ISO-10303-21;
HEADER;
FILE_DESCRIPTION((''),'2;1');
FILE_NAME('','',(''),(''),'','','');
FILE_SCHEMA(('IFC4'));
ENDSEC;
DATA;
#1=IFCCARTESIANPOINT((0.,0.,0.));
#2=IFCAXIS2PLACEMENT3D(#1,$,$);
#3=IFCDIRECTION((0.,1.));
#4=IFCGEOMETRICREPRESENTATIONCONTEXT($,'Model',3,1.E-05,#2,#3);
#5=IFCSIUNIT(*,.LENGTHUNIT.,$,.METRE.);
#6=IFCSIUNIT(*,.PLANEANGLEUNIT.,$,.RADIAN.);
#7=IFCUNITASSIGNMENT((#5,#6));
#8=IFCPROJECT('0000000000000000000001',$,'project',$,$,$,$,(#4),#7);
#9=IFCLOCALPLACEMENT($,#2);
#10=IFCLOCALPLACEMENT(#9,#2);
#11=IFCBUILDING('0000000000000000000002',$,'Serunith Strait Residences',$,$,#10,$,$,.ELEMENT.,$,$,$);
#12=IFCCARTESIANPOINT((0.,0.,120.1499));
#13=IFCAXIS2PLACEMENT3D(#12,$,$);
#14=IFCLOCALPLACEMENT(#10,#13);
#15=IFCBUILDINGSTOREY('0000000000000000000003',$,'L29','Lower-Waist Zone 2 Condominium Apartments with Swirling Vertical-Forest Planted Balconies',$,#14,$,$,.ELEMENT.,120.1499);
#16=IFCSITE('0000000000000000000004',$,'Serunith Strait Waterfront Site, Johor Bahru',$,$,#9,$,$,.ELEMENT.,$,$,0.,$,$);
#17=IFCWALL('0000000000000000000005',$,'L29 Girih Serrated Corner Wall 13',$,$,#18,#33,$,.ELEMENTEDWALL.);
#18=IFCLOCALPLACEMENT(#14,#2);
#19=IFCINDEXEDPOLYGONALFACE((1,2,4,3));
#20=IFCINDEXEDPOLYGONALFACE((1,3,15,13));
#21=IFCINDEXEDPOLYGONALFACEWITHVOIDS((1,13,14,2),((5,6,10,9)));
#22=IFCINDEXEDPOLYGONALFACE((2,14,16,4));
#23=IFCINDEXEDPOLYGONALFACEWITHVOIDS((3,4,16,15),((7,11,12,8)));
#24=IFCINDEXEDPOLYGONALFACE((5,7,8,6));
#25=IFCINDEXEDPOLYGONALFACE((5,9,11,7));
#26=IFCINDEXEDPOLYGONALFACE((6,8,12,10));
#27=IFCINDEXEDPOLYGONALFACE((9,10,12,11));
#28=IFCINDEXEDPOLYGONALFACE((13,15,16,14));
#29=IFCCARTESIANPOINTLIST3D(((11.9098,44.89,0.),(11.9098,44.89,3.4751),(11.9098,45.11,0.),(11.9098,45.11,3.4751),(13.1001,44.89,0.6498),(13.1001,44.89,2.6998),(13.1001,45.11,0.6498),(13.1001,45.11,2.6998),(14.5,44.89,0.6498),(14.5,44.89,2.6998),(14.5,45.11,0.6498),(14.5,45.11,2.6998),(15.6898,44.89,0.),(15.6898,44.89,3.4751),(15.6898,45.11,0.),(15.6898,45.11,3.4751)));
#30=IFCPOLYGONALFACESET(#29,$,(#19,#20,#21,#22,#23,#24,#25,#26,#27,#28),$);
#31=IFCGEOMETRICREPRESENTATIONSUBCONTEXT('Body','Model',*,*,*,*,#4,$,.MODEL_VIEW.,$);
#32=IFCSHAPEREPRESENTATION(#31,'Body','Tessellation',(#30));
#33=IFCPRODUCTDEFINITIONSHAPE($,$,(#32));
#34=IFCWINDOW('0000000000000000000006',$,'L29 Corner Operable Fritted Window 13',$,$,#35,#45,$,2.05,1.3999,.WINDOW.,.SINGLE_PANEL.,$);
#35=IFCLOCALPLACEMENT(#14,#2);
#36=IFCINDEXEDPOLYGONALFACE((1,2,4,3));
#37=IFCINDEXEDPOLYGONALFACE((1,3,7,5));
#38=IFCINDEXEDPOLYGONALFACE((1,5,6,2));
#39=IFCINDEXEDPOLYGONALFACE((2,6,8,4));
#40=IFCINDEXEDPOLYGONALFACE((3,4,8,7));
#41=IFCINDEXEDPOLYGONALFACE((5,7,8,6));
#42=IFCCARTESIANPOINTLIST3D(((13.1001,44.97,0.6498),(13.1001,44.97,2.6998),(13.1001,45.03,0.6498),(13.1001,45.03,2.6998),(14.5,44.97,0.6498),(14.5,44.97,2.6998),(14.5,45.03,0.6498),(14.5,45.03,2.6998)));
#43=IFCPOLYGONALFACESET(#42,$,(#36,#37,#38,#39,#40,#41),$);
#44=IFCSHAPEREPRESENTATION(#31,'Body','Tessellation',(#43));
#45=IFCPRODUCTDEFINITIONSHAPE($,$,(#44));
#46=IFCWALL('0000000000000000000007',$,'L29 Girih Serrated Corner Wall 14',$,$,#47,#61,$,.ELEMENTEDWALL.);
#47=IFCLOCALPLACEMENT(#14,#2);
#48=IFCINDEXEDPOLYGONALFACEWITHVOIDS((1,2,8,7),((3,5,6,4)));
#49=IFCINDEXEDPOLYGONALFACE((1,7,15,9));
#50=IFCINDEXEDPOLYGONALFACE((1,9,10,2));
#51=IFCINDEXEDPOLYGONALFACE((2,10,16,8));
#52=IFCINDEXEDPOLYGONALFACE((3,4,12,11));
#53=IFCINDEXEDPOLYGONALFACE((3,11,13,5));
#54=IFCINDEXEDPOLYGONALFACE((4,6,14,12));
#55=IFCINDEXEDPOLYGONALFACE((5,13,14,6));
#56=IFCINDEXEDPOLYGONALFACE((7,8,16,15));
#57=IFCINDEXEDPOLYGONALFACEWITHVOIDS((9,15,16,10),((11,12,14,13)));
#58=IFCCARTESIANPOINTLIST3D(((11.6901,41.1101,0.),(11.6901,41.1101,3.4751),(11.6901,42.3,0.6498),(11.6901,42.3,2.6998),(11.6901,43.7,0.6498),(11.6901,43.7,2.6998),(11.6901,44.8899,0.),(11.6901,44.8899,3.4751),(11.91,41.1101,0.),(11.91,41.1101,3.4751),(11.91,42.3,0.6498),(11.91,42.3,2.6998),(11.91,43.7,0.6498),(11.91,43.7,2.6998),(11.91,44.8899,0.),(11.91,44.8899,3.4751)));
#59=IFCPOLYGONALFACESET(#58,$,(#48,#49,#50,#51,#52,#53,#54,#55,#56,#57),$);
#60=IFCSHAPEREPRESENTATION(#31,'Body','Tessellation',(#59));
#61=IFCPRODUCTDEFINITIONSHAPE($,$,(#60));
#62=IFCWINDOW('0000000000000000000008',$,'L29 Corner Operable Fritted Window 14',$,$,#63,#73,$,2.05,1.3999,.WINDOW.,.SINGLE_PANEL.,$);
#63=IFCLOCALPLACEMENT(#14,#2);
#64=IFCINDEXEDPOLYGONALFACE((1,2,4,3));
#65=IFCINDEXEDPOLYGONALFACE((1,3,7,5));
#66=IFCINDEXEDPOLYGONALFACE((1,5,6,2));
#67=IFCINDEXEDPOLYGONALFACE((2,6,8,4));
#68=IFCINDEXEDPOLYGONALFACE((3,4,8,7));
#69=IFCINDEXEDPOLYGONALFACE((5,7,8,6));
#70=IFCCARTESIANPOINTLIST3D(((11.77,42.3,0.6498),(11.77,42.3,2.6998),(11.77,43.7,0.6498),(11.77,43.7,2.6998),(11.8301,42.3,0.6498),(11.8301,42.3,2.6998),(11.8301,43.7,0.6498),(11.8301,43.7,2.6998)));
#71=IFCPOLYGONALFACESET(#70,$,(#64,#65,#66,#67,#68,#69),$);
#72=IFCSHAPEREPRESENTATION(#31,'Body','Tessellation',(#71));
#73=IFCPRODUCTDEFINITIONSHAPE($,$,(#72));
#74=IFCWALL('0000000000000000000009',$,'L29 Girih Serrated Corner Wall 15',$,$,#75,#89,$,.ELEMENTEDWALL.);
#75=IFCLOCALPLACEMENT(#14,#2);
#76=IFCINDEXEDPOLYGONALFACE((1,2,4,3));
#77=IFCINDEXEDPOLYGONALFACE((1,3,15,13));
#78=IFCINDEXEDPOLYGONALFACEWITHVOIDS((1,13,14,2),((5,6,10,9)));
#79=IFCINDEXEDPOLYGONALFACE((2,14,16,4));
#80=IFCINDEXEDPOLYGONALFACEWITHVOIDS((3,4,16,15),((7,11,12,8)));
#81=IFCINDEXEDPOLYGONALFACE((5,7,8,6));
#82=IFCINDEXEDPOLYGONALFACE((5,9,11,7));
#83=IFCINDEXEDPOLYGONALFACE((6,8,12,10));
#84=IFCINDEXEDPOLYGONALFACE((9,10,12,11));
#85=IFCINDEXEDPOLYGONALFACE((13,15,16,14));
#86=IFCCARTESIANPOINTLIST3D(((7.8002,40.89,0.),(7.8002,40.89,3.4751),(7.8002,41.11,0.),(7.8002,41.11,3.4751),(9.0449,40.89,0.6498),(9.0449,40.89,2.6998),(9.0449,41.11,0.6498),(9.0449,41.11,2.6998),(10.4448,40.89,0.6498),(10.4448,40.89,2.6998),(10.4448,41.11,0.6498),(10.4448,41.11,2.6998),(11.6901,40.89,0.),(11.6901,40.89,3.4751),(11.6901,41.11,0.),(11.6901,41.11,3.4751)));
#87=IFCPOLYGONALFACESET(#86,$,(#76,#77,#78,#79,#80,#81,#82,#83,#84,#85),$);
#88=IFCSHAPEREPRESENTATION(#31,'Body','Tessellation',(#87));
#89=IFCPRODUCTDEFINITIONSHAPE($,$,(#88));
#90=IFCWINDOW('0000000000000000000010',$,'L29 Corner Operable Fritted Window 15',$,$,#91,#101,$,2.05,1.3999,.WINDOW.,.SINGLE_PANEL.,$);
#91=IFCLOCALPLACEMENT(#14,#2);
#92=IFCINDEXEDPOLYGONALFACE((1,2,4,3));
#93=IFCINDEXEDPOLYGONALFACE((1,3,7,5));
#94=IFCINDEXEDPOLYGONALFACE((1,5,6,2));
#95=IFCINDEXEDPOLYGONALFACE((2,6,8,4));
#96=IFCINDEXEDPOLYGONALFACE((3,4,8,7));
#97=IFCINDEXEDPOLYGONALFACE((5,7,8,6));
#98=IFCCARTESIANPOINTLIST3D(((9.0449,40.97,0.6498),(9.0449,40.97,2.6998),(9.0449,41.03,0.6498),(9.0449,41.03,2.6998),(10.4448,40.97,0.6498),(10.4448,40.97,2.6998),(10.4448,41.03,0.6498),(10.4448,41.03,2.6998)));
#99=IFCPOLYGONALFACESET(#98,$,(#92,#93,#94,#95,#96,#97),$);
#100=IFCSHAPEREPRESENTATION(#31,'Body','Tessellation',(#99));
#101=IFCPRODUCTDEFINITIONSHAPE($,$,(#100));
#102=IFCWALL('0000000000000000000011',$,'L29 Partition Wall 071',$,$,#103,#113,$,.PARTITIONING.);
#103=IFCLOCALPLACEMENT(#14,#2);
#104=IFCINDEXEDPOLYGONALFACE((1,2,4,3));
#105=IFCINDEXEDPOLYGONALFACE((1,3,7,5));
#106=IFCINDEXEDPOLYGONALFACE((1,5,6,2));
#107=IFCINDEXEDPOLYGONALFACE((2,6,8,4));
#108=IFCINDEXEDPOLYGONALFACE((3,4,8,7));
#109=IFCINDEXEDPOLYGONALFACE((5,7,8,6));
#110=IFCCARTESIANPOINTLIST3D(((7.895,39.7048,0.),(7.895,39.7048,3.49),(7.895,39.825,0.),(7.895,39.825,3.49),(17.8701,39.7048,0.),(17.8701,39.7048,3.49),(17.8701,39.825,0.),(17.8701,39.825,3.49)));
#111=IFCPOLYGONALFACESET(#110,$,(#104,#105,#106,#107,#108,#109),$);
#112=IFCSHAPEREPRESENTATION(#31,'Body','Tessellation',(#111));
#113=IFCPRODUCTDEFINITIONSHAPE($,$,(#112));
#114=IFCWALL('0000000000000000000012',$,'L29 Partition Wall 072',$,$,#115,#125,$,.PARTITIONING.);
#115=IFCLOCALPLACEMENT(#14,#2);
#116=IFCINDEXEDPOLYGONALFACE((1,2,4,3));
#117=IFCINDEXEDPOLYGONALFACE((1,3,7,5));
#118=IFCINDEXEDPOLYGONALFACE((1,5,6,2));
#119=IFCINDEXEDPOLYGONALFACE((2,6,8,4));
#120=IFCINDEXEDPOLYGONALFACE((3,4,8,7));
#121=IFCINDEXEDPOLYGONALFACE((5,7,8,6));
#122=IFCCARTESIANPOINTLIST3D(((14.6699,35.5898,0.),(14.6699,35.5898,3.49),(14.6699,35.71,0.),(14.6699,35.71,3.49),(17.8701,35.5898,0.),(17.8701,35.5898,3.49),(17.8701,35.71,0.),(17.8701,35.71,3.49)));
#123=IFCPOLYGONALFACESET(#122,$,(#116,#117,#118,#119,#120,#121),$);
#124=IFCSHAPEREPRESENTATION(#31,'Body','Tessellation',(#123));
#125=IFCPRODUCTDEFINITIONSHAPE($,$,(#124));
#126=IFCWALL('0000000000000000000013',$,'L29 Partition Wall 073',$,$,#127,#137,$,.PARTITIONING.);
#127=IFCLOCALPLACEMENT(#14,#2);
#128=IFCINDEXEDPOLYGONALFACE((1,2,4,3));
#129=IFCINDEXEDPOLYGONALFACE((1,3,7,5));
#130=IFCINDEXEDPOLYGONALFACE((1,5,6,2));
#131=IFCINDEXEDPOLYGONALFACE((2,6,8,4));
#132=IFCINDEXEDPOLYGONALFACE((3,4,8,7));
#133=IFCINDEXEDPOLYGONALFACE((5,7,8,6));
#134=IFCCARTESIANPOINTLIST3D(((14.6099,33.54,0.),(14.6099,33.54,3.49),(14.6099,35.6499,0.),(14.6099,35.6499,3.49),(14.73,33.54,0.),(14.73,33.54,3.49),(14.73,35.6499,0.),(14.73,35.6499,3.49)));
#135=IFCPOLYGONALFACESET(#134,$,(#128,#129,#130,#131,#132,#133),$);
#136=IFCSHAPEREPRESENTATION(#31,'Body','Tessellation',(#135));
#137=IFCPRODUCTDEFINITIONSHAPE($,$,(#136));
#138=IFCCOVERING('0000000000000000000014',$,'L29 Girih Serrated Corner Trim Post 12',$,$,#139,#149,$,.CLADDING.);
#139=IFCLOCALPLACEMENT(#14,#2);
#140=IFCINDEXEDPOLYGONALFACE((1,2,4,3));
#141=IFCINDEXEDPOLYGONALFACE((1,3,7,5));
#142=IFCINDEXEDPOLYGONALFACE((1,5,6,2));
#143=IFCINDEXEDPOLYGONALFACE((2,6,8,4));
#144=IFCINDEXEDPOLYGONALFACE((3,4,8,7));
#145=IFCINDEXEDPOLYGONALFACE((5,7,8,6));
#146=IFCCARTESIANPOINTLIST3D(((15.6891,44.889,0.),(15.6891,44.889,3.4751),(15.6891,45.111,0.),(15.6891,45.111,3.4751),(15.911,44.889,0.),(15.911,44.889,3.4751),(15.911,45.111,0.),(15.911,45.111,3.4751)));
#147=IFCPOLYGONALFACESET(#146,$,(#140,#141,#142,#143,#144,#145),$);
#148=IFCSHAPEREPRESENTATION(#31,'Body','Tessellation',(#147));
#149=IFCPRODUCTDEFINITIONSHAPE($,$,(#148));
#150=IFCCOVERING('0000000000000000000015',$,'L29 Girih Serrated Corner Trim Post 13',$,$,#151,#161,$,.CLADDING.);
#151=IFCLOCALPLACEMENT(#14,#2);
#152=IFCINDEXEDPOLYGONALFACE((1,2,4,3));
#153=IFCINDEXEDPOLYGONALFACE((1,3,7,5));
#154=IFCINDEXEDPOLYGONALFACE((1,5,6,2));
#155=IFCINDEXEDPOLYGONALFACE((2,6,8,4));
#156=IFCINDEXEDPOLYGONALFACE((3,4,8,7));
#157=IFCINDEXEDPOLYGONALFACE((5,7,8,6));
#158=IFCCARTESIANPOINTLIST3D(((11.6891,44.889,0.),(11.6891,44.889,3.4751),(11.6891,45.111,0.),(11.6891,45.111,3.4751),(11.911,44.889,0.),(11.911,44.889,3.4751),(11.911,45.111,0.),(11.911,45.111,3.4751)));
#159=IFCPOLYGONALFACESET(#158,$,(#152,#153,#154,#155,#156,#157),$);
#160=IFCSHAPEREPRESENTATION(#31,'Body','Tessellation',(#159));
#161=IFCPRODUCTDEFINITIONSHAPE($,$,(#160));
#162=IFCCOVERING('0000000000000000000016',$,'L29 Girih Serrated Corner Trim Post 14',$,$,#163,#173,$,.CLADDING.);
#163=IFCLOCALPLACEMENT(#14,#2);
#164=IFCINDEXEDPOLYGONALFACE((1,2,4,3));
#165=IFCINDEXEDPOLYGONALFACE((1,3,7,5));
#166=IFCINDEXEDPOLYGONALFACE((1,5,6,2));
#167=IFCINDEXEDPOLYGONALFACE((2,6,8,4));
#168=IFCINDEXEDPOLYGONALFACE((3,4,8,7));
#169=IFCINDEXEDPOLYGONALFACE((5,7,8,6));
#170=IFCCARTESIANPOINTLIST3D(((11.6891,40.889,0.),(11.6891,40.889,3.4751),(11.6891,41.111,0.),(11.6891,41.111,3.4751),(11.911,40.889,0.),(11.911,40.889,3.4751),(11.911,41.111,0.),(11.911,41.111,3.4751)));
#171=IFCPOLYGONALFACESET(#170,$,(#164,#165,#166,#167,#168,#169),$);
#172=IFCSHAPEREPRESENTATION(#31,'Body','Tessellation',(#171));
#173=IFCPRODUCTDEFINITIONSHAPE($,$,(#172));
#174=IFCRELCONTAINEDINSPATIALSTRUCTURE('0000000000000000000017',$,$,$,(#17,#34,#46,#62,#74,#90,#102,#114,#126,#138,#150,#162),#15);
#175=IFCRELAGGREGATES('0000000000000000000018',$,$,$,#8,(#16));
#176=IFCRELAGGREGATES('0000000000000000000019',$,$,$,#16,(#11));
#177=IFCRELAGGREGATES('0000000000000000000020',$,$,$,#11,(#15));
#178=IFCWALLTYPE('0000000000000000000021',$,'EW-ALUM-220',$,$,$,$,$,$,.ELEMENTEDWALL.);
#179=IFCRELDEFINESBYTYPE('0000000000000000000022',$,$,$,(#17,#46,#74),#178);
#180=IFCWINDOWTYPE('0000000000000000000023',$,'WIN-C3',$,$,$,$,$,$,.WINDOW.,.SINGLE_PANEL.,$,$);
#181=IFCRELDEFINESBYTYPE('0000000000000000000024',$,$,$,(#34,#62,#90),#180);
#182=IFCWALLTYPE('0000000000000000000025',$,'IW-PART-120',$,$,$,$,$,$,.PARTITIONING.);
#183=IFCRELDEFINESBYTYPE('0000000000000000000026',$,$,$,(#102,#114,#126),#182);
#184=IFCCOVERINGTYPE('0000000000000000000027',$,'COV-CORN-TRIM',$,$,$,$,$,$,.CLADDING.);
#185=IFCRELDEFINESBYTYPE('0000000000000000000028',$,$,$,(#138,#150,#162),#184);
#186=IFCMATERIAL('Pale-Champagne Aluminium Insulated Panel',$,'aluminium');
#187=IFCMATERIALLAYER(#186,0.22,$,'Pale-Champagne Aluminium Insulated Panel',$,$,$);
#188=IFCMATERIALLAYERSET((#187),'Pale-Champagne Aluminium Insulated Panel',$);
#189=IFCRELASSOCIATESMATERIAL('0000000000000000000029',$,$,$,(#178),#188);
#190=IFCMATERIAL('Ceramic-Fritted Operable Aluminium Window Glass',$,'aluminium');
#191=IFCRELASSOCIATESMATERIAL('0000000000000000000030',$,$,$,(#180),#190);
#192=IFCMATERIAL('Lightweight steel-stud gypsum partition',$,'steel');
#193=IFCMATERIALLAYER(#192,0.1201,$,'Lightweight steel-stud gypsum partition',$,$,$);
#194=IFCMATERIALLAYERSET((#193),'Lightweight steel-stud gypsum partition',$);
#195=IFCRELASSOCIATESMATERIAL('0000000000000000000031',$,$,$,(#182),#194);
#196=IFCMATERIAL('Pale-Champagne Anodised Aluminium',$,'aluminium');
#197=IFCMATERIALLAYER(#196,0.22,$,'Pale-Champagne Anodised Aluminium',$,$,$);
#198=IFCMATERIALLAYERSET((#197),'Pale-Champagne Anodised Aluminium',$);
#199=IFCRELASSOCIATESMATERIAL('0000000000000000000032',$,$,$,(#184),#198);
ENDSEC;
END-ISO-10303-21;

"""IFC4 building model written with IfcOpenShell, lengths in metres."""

from ifc_helpers import new_model, si_unit, direction, frame, frame_2d, origin, origin_2d, place, context, subcontext, project, spatial, rectangle, extrude, source, transform, mapped, material, layer, layer_set, type_object, element, fill, save


model = new_model("IFC4")

# Units and contexts
model_context = context("Model", 3, precision=1e-05, world=origin(), true_north=direction((0.0, 1.0)))
body_context = subcontext(model_context, "Body", "Model", "MODEL_VIEW")
ifc_project = project(units=[si_unit("LENGTHUNIT", "METRE"), si_unit("PLANEANGLEUNIT", "RADIAN")], contexts=[model_context])

# Site, building, storey
site_placement = place(None, origin())
site = spatial("IfcSite", under=ifc_project, at=site_placement, Name="Serunith Strait Waterfront Site, Johor Bahru", CompositionType="ELEMENT", RefElevation=0.0)
building_placement = place(site_placement, origin())
building = spatial("IfcBuilding", under=site, at=building_placement, Name="Serunith Strait Residences", CompositionType="ELEMENT")
storey_placement = place(building_placement, frame((0.0, 0.0, 120.1499)))
storey = spatial("IfcBuildingStorey", under=building, at=storey_placement, Name="L29", Description="Lower-Waist Zone 2 Condominium Apartments with Swirling Vertical-Forest Planted Balconies", CompositionType="ELEMENT", Elevation=120.1499)

# Shared definitions
ifc_material_1 = material(Name="Pale-Champagne Anodised Aluminium", Category="aluminium")

# Walls, openings, windows
ifc_material_2 = material(Name="Pale-Champagne Aluminium Insulated Panel", Category="aluminium")
ifc_layer_1 = layer(ifc_material_2, 0.22, Name="Pale-Champagne Aluminium Insulated Panel")
ifc_layer_set_1 = layer_set([ifc_layer_1], Name="Pale-Champagne Aluminium Insulated Panel")
wall_type_1 = type_object("IfcWallType", Name="EW-ALUM-220", PredefinedType="ELEMENTEDWALL", material=ifc_layer_set_1)
ifc_material_3 = material(Name="Ceramic-Fritted Operable Aluminium Window Glass", Category="aluminium")
window_type = type_object("IfcWindowType", Name="WIN-C3", PartitioningType="SINGLE_PANEL", PredefinedType="WINDOW", material=ifc_material_3)
shared_shape_1 = source(origin(), body_context, "Body", "SweptSolid", [
    extrude(rectangle(XDim=1.3999, YDim=2.05, at=frame_2d((0.7, 1.0249))), frame((0.0, 0.03, 0.0), z_axis=(0.0, -1.0, 0.0), x_axis=(1.0, 0.0, 0.0)), (0.0, 0.0, 1.0), 0.0601),
])
wall_1_placement = place(storey_placement, frame((15.6899, 45.0, 0.0), z_axis=(0.0, 0.0, 1.0), x_axis=(-1.0, 0.0, 0.0)))
wall_1 = element("IfcWall", 1, at=wall_1_placement, inside=storey, type_object=wall_type_1, Name="L29 Girih Serrated Corner Wall 13", PredefinedType="ELEMENTEDWALL", context=body_context, shape_type="SweptSolid", body=[
    extrude(rectangle(XDim=3.78, YDim=0.22, at=frame_2d((1.8901, 0.0))), origin(), (0.0, 0.0, 1.0), 3.4751),
])
opening_1_placement = place(wall_1_placement, frame((1.1899, 0.0, 0.6499)))
opening_1 = element("IfcOpeningElement", 2, at=opening_1_placement, cuts=wall_1, PredefinedType="OPENING", context=body_context, shape_type="SweptSolid", body=[
    extrude(rectangle(XDim=1.3999, YDim=2.05, at=frame_2d((0.7, 1.0249))), frame((0.0, 0.1201, 0.0), z_axis=(0.0, -1.0, 0.0), x_axis=(1.0, 0.0, 0.0)), (0.0, 0.0, 1.0), 0.24),
])
window_1_placement = place(opening_1_placement, origin())
window_1 = element("IfcWindow", 3, at=window_1_placement, inside=storey, type_object=window_type, Name="L29 Corner Operable Fritted Window 13", OverallHeight=2.05, OverallWidth=1.3999, PartitioningType="SINGLE_PANEL", PredefinedType="WINDOW", context=body_context, shape_type="MappedRepresentation", body=[
    mapped(shared_shape_1, transform((0.0, 0.0, 0.0), scale=1.0)),
])
fill(opening_1, window_1)
wall_2_placement = place(storey_placement, frame((11.8, 44.8899, 0.0), z_axis=(0.0, 0.0, 1.0), x_axis=(0.0, -1.0, 0.0)))
wall_2 = element("IfcWall", 4, at=wall_2_placement, inside=storey, type_object=wall_type_1, Name="L29 Girih Serrated Corner Wall 14", PredefinedType="ELEMENTEDWALL", context=body_context, shape_type="SweptSolid", body=[
    extrude(rectangle(XDim=3.7798, YDim=0.22, at=frame_2d((1.8899, 0.0))), origin(), (0.0, 0.0, 1.0), 3.4751),
])
opening_2_placement = place(wall_2_placement, frame((1.1899, 0.0, 0.6499)))
opening_2 = element("IfcOpeningElement", 5, at=opening_2_placement, cuts=wall_2, PredefinedType="OPENING", context=body_context, shape_type="SweptSolid", body=[
    extrude(rectangle(XDim=1.3999, YDim=2.05, at=frame_2d((0.7, 1.0249))), frame((0.0, 0.1201, 0.0), z_axis=(0.0, -1.0, 0.0), x_axis=(1.0, 0.0, 0.0)), (0.0, 0.0, 1.0), 0.24),
])
window_2_placement = place(opening_2_placement, origin())
window_2 = element("IfcWindow", 6, at=window_2_placement, inside=storey, type_object=window_type, Name="L29 Corner Operable Fritted Window 14", OverallHeight=2.05, OverallWidth=1.3999, PartitioningType="SINGLE_PANEL", PredefinedType="WINDOW", context=body_context, shape_type="MappedRepresentation", body=[
    mapped(shared_shape_1, transform((0.0, 0.0, 0.0), scale=1.0)),
])
fill(opening_2, window_2)
wall_3_placement = place(storey_placement, frame((11.6899, 41.0, 0.0), z_axis=(0.0, 0.0, 1.0), x_axis=(-1.0, 0.0, 0.0)))
wall_3 = element("IfcWall", 7, at=wall_3_placement, inside=storey, type_object=wall_type_1, Name="L29 Girih Serrated Corner Wall 15", PredefinedType="ELEMENTEDWALL", context=body_context, shape_type="SweptSolid", body=[
    extrude(rectangle(XDim=3.8899, YDim=0.22, at=frame_2d((1.9448, 0.0))), origin(), (0.0, 0.0, 1.0), 3.4751),
])
opening_3_placement = place(wall_3_placement, frame((1.2451, 0.0, 0.6499)))
opening_3 = element("IfcOpeningElement", 8, at=opening_3_placement, cuts=wall_3, PredefinedType="OPENING", context=body_context, shape_type="SweptSolid", body=[
    extrude(rectangle(XDim=1.3999, YDim=2.05, at=frame_2d((0.7, 1.0249))), frame((0.0, 0.1201, 0.0), z_axis=(0.0, -1.0, 0.0), x_axis=(1.0, 0.0, 0.0)), (0.0, 0.0, 1.0), 0.24),
])
window_3_placement = place(opening_3_placement, origin())
window_3 = element("IfcWindow", 9, at=window_3_placement, inside=storey, type_object=window_type, Name="L29 Corner Operable Fritted Window 15", OverallHeight=2.05, OverallWidth=1.3999, PartitioningType="SINGLE_PANEL", PredefinedType="WINDOW", context=body_context, shape_type="MappedRepresentation", body=[
    mapped(shared_shape_1, transform((0.0, 0.0, 0.0), scale=1.0)),
])
fill(opening_3, window_3)

# Walls
ifc_material_4 = material(Name="Lightweight steel-stud gypsum partition", Category="steel")
ifc_layer_2 = layer(ifc_material_4, 0.1201, Name="Lightweight steel-stud gypsum partition")
ifc_layer_set_2 = layer_set([ifc_layer_2], Name="Lightweight steel-stud gypsum partition")
wall_type_2 = type_object("IfcWallType", Name="IW-PART-120", PredefinedType="PARTITIONING", material=ifc_layer_set_2)
wall_4_placement = place(storey_placement, frame((7.895, 39.7649, 0.0), z_axis=(0.0, 0.0, 1.0), x_axis=(1.0, 0.0, 0.0)))
element("IfcWall", 10, at=wall_4_placement, inside=storey, type_object=wall_type_2, Name="L29 Partition Wall 071", PredefinedType="PARTITIONING", context=body_context, shape_type="SweptSolid", body=[
    extrude(rectangle(XDim=9.9751, YDim=0.1201, at=frame_2d((4.9875, 0.0))), origin(), (0.0, 0.0, 1.0), 3.49),
])
wall_5_placement = place(storey_placement, frame((14.6699, 35.6499, 0.0), z_axis=(0.0, 0.0, 1.0), x_axis=(1.0, 0.0, 0.0)))
element("IfcWall", 11, at=wall_5_placement, inside=storey, type_object=wall_type_2, Name="L29 Partition Wall 072", PredefinedType="PARTITIONING", context=body_context, shape_type="SweptSolid", body=[
    extrude(rectangle(XDim=3.2002, YDim=0.1201, at=frame_2d((1.6001, 0.0))), origin(), (0.0, 0.0, 1.0), 3.49),
])
wall_6_placement = place(storey_placement, frame((14.6699, 35.6499, 0.0), z_axis=(0.0, 0.0, 1.0), x_axis=(0.0, -1.0, 0.0)))
element("IfcWall", 12, at=wall_6_placement, inside=storey, type_object=wall_type_2, Name="L29 Partition Wall 073", PredefinedType="PARTITIONING", context=body_context, shape_type="SweptSolid", body=[
    extrude(rectangle(XDim=2.1099, YDim=0.1201, at=frame_2d((1.0549, 0.0))), origin(), (0.0, 0.0, 1.0), 3.49),
])

# Coverings
ifc_layer_3 = layer(ifc_material_1, 0.22, Name="Pale-Champagne Anodised Aluminium")
ifc_layer_set_3 = layer_set([ifc_layer_3], Name="Pale-Champagne Anodised Aluminium")
covering_type = type_object("IfcCoveringType", Name="COV-CORN-TRIM", PredefinedType="CLADDING", material=ifc_layer_set_3)
shared_shape_2 = source(origin(), body_context, "Body", "SweptSolid", [
    extrude(rectangle(XDim=0.2219, YDim=0.2219, at=origin_2d()), origin(), (0.0, 0.0, 1.0), 3.4751),
])
for number, where, z_axis, x_axis, name in (
    (13, (15.8, 45.0, 0.0), (0.0, 0.0, 1.0), (1.0, 0.0, 0.0), "L29 Girih Serrated Corner Trim Post 12"),
    (14, (11.8, 45.0, 0.0), (0.0, 0.0, 1.0), (1.0, 0.0, 0.0), "L29 Girih Serrated Corner Trim Post 13"),
    (15, (11.8, 41.0, 0.0), (0.0, 0.0, 1.0), (1.0, 0.0, 0.0), "L29 Girih Serrated Corner Trim Post 14"),
):
    element("IfcCovering", number, at=place(storey_placement, frame(where, z_axis=z_axis, x_axis=x_axis)), inside=storey, type_object=covering_type, Name=name, PredefinedType="CLADDING", context=body_context, shape_type="MappedRepresentation", body=[
        mapped(shared_shape_2, transform((0.0, 0.0, 0.0), scale=1.0)),
    ])

save(model, "model.ifc")
